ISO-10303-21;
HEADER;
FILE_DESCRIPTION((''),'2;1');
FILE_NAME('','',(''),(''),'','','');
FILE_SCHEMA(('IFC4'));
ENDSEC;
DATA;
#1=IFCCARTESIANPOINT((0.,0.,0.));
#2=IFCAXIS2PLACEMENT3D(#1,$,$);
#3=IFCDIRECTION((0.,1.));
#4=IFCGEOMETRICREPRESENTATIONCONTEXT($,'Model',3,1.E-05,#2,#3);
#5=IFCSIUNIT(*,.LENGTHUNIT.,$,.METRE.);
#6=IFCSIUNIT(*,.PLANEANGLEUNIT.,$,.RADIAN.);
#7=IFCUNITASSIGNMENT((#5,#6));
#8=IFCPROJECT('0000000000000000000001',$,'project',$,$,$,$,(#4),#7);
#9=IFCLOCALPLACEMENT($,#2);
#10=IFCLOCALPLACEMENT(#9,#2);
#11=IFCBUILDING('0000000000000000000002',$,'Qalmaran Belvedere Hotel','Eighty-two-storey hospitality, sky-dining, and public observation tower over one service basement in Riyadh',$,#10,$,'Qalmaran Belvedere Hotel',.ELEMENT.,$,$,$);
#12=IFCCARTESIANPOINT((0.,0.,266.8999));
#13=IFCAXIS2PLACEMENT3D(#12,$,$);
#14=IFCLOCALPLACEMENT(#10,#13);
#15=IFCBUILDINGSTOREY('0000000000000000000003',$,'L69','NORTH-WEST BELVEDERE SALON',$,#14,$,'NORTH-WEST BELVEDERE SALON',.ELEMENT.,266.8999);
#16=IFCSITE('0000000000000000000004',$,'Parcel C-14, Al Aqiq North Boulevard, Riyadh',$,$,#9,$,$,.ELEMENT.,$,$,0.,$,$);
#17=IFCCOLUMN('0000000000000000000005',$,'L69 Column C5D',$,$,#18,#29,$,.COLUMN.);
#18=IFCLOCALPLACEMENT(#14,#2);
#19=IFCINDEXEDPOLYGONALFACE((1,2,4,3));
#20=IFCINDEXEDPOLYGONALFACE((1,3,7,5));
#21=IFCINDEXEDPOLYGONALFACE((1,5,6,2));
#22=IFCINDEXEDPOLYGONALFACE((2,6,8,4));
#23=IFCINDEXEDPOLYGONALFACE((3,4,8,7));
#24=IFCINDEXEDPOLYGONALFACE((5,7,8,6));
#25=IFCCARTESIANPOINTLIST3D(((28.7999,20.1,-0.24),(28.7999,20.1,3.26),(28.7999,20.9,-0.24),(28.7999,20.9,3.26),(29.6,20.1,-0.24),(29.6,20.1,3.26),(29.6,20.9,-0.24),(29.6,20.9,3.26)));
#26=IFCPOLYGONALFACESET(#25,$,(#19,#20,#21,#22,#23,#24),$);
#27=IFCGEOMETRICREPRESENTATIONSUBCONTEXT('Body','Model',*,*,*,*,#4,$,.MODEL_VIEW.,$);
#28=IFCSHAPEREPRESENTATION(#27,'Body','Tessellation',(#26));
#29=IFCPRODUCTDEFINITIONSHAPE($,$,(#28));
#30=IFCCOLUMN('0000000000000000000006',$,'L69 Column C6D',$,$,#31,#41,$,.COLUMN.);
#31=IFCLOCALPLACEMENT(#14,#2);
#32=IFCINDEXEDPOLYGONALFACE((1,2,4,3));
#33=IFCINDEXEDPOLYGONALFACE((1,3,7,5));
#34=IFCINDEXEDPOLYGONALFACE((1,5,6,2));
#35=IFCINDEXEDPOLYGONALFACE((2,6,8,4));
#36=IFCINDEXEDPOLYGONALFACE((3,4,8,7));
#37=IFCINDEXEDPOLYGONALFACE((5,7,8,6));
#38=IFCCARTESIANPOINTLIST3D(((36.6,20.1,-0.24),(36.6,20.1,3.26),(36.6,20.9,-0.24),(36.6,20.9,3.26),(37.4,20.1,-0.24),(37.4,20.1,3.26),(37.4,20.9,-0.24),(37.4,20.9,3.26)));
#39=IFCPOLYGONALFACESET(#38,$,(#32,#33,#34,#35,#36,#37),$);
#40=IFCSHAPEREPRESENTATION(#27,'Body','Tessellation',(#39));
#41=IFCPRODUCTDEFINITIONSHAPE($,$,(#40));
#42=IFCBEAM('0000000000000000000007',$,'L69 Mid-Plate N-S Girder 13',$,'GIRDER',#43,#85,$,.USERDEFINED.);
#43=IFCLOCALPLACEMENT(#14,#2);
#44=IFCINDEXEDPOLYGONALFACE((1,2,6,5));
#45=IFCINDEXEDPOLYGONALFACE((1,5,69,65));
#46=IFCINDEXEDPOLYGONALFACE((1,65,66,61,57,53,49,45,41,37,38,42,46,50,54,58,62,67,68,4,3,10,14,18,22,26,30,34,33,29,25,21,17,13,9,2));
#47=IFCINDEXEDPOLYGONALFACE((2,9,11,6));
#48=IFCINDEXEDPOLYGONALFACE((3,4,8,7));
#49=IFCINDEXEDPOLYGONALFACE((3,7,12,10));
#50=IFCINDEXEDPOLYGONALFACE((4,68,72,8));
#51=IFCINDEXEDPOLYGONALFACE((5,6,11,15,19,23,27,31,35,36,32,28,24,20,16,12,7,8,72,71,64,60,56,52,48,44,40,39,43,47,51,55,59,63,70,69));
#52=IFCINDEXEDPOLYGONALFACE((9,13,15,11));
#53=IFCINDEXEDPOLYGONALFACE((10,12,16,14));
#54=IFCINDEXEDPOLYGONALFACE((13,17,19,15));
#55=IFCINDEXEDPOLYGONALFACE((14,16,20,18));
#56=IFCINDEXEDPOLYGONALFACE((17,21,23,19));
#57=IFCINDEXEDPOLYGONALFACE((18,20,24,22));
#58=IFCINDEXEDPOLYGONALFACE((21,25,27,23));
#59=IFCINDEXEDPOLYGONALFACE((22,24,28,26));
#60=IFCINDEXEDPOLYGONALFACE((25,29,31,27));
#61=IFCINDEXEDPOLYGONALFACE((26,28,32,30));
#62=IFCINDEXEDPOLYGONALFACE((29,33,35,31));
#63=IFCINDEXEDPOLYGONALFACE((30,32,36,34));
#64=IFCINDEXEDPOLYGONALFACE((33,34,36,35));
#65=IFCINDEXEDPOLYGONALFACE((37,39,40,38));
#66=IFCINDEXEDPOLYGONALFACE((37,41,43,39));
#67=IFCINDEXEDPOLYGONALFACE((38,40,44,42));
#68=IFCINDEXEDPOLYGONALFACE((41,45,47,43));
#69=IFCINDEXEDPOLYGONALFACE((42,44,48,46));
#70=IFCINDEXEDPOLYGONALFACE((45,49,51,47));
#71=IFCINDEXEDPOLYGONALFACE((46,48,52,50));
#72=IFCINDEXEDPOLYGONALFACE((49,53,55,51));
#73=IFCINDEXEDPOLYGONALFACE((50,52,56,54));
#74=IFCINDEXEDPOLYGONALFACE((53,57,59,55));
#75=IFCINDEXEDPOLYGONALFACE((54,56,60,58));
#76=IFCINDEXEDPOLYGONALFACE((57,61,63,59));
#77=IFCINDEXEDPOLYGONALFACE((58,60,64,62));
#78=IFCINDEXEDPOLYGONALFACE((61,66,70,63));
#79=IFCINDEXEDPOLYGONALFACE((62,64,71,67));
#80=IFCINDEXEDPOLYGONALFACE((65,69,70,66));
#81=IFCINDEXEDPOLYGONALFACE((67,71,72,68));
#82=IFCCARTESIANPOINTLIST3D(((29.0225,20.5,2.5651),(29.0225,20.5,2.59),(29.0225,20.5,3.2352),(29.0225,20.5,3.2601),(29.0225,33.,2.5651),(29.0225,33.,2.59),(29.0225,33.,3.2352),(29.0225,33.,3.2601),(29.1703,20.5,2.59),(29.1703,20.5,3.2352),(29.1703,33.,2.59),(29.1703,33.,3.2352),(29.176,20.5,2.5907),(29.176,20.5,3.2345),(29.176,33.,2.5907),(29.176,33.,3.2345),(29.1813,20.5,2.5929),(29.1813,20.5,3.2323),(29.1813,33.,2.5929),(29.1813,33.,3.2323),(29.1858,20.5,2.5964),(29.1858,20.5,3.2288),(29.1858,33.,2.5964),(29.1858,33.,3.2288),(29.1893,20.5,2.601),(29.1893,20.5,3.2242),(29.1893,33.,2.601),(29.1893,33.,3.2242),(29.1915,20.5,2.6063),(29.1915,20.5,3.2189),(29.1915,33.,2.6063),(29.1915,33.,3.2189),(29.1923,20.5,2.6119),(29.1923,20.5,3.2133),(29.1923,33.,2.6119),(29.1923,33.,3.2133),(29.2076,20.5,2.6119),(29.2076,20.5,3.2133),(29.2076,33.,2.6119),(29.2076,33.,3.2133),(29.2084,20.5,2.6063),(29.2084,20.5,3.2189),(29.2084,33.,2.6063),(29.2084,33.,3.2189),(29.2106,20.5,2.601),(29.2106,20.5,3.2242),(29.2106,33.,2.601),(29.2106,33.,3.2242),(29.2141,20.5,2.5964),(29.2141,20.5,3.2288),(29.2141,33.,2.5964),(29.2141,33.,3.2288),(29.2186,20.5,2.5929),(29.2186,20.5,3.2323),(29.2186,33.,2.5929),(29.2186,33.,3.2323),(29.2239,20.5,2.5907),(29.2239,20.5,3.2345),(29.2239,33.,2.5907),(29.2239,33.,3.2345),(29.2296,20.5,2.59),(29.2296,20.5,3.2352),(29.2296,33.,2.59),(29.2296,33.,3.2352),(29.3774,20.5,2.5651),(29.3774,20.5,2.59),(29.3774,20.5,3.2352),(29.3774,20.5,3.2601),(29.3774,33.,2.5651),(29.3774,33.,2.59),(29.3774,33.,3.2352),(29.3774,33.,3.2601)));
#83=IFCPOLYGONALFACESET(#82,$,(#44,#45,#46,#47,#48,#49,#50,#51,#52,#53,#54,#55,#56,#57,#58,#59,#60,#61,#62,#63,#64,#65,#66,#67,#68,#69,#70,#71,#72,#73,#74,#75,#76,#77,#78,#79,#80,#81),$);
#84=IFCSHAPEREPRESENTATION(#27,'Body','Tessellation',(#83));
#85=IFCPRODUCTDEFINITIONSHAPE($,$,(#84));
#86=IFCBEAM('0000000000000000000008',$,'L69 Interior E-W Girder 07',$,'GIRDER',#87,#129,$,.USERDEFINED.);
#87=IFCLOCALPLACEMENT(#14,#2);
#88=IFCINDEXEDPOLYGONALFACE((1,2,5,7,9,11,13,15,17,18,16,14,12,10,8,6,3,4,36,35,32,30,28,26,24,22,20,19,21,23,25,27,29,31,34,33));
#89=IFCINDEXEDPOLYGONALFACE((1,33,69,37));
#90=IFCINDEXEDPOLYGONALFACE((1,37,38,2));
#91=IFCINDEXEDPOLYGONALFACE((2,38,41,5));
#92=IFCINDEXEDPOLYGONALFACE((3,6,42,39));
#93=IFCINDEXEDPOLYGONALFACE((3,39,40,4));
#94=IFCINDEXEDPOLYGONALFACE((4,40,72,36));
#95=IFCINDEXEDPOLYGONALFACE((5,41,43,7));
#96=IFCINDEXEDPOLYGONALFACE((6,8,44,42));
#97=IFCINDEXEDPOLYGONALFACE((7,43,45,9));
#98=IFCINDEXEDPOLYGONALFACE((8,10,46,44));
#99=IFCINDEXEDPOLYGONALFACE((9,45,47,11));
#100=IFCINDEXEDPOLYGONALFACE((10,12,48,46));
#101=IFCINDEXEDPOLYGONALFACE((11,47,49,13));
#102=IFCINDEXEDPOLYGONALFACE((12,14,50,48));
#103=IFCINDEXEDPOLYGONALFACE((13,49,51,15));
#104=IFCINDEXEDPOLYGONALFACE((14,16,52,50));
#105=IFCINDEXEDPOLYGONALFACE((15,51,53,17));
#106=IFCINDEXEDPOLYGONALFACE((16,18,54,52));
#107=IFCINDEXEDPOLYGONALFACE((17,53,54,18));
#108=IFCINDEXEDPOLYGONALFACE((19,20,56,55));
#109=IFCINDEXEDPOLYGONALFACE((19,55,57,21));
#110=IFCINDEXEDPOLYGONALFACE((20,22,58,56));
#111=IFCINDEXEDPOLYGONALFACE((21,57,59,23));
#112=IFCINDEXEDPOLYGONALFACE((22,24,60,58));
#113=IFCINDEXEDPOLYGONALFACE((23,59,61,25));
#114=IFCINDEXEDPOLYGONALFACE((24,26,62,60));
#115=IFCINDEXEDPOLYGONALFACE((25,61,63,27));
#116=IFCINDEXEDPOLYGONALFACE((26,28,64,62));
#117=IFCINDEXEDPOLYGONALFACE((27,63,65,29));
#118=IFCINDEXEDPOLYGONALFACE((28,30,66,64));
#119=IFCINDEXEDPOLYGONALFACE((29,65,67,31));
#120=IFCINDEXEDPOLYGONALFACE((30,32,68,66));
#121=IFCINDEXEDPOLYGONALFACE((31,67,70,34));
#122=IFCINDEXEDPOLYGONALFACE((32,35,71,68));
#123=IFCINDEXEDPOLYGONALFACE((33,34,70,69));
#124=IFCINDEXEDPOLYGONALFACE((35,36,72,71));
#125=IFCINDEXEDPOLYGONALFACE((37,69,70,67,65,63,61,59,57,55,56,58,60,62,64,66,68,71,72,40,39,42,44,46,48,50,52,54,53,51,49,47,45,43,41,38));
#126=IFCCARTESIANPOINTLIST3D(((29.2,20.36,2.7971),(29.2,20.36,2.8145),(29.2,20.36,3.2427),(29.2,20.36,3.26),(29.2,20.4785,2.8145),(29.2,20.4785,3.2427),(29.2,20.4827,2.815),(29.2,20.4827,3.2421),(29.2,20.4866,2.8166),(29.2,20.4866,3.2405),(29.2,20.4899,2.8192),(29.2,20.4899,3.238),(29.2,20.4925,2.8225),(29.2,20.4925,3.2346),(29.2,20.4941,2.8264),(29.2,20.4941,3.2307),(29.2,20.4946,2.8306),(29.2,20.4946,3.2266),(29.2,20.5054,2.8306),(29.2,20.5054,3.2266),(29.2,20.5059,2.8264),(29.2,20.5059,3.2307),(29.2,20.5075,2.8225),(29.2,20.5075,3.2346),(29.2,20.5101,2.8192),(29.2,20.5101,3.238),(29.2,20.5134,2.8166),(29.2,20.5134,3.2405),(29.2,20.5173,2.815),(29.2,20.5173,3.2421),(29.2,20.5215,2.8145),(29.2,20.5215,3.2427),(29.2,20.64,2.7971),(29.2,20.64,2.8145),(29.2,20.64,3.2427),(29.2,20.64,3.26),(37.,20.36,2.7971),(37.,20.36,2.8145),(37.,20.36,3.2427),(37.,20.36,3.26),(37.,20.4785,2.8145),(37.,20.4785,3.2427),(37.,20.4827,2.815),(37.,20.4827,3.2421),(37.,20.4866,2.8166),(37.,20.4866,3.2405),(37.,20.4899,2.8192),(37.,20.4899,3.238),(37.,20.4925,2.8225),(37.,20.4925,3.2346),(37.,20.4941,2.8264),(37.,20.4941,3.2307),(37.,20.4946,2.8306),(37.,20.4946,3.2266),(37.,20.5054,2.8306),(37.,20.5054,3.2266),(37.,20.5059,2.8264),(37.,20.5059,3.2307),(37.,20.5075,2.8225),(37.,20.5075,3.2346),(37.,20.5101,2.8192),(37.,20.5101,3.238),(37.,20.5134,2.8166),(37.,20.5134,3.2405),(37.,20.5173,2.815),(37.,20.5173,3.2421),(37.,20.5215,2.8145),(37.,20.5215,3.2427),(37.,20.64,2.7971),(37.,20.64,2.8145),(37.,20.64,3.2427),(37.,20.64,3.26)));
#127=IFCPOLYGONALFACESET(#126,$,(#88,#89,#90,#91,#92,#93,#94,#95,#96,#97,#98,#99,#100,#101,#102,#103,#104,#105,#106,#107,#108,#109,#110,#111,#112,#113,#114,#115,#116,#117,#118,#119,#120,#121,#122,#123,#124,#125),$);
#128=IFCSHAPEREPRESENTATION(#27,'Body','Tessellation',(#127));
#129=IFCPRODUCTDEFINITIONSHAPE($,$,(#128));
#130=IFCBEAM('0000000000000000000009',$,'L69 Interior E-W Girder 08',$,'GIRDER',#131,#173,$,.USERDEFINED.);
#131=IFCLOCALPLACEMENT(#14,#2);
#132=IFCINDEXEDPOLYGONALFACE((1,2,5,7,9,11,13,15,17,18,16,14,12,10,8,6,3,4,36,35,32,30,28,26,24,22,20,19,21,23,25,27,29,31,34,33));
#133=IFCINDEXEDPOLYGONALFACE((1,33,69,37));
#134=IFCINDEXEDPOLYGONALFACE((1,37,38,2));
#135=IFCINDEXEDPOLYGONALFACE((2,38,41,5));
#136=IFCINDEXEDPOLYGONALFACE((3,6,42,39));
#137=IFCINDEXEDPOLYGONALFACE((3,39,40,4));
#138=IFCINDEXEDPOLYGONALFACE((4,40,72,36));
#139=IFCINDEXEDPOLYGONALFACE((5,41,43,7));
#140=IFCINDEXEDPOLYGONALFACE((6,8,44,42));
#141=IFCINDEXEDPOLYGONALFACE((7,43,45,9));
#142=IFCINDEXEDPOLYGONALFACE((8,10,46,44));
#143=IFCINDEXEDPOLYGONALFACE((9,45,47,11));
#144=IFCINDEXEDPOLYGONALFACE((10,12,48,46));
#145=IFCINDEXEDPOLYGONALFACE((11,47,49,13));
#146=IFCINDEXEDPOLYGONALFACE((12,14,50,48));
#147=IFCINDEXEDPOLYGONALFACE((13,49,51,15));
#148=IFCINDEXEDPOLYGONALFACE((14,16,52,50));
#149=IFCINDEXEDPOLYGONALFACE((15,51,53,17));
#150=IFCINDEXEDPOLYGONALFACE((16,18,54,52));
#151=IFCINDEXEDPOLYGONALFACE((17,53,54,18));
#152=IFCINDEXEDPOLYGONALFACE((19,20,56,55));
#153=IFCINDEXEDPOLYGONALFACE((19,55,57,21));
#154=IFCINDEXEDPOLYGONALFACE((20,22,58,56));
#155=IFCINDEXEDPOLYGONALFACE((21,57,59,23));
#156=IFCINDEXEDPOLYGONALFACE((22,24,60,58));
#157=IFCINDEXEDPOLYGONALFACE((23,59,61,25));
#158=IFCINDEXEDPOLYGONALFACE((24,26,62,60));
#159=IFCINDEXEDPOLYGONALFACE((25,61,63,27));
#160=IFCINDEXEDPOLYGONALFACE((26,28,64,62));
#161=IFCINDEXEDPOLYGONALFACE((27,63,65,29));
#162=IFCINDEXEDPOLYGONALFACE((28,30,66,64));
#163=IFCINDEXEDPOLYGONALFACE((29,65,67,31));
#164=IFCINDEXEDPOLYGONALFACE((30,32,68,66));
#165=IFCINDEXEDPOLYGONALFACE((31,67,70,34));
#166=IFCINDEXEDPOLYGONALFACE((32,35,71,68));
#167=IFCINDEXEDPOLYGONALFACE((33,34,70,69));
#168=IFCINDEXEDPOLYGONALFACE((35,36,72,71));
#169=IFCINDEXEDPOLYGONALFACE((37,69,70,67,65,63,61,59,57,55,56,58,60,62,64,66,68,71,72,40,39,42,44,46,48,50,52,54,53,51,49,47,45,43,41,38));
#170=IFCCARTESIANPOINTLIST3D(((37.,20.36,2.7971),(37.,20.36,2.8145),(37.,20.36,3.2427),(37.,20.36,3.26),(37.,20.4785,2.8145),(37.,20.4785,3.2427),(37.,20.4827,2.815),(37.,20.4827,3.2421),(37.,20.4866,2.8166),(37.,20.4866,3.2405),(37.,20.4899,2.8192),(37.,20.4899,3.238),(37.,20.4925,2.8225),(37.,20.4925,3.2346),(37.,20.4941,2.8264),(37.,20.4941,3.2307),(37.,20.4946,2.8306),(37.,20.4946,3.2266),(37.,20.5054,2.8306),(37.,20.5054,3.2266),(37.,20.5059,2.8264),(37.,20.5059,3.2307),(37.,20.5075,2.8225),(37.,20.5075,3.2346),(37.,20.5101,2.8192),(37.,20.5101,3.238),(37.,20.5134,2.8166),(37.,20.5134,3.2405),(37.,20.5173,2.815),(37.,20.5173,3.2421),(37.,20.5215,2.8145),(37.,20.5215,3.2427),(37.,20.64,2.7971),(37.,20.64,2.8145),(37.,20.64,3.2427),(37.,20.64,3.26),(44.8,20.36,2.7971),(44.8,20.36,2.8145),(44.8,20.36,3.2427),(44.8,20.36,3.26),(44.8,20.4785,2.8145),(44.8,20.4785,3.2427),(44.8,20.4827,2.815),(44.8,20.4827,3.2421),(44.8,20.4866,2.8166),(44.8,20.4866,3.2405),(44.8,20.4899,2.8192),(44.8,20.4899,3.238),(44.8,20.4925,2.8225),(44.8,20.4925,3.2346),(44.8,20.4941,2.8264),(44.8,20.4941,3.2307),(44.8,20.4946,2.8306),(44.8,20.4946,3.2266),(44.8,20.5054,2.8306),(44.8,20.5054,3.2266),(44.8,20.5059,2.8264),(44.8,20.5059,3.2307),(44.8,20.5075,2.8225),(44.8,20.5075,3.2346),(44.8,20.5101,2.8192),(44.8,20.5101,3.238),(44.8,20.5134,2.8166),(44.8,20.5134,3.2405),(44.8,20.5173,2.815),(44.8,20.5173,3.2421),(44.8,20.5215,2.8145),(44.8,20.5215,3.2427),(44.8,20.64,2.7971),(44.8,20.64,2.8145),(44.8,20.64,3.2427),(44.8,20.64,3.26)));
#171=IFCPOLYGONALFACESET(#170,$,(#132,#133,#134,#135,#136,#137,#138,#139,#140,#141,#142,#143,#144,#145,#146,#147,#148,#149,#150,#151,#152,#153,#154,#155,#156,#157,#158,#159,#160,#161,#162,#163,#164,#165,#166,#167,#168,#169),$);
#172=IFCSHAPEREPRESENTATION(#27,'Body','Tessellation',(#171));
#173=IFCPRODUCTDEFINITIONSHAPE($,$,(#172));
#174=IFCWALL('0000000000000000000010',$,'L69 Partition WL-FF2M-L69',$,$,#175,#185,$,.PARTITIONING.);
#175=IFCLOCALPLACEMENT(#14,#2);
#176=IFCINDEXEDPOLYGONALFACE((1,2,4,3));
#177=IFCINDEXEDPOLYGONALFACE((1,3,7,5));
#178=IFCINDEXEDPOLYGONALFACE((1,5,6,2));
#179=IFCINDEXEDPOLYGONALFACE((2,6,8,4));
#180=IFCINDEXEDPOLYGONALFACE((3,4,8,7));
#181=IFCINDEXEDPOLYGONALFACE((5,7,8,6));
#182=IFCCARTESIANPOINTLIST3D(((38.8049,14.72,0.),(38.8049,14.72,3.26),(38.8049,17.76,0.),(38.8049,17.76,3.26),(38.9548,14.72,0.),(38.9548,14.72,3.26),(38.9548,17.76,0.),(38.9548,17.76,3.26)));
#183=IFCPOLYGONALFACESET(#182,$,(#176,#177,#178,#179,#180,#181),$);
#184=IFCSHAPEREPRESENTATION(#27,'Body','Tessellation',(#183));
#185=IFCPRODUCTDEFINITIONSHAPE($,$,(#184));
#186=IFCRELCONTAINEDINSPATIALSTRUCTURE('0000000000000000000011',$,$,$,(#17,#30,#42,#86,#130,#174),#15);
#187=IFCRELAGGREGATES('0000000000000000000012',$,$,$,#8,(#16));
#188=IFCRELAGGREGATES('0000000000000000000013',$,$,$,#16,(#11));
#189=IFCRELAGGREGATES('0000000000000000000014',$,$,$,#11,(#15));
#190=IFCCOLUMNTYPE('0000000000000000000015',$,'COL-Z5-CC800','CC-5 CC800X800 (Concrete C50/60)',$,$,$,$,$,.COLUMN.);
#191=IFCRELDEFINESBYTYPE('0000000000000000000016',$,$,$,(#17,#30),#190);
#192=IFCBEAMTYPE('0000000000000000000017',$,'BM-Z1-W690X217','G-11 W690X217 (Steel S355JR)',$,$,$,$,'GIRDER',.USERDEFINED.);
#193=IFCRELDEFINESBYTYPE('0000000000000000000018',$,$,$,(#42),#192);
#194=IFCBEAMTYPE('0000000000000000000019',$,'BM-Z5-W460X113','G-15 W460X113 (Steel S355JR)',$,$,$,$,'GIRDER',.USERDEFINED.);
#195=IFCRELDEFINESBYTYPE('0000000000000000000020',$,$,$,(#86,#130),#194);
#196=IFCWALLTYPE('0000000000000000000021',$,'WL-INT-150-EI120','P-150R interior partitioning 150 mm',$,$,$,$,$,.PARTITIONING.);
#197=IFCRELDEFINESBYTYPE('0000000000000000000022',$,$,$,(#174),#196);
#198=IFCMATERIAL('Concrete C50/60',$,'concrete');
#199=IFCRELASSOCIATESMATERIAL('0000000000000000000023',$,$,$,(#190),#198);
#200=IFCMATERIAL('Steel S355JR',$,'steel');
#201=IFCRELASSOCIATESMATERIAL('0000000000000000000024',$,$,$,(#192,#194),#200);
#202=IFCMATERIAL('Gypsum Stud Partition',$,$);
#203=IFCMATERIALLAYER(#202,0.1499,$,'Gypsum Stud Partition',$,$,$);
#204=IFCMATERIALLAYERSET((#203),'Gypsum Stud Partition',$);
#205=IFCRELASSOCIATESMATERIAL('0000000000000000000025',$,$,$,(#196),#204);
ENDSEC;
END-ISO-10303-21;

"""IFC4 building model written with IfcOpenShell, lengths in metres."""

from ifc_helpers import new_model, si_unit, direction, frame, frame_2d, origin, origin_2d, place, context, subcontext, project, spatial, rectangle, i_section, extrude, material, layer, layer_set, material_profile, profile_set, type_object, element, save


model = new_model("IFC4")

# Units and contexts
model_context = context("Model", 3, precision=1e-05, world=origin(), true_north=direction((0.0, 1.0)))
body_context = subcontext(model_context, "Body", "Model", "MODEL_VIEW")
ifc_project = project(units=[si_unit("LENGTHUNIT", "METRE"), si_unit("PLANEANGLEUNIT", "RADIAN")], contexts=[model_context])

# Site, building, storey
site_placement = place(None, origin())
site = spatial("IfcSite", under=ifc_project, at=site_placement, Name="Parcel C-14, Al Aqiq North Boulevard, Riyadh", CompositionType="ELEMENT", RefElevation=0.0)
building_placement = place(site_placement, origin())
building = spatial("IfcBuilding", under=site, at=building_placement, Name="Qalmaran Belvedere Hotel", Description="Eighty-two-storey hospitality, sky-dining, and public observation tower over one service basement in Riyadh", LongName="Qalmaran Belvedere Hotel", CompositionType="ELEMENT")
storey_placement = place(building_placement, frame((0.0, 0.0, 266.8999)))
storey = spatial("IfcBuildingStorey", under=building, at=storey_placement, Name="L69", Description="NORTH-WEST BELVEDERE SALON", LongName="NORTH-WEST BELVEDERE SALON", CompositionType="ELEMENT", Elevation=266.8999)

# Columns
ifc_material_1 = material(Name="Concrete C50/60", Category="concrete")
ifc_material_profile_1 = material_profile(ifc_material_1, rectangle(XDim=0.8, YDim=0.8, at=origin_2d()), Name="CC800X800")
ifc_profile_set_1 = profile_set([ifc_material_profile_1], Name="Concrete C50/60")
column_type = type_object("IfcColumnType", Name="COL-Z5-CC800", Description="CC-5 CC800X800 (Concrete C50/60)", PredefinedType="COLUMN", material=ifc_profile_set_1)
for number, where, z_axis, x_axis, name in (
    (1, (29.2, 20.5, -0.24), (0.0, 0.0, 1.0), (1.0, 0.0, 0.0), "L69 Column C5D"),
    (2, (37.0, 20.5, -0.24), (0.0, 0.0, 1.0), (1.0, 0.0, 0.0), "L69 Column C6D"),
):
    element("IfcColumn", number, at=place(storey_placement, frame(where, z_axis=z_axis, x_axis=x_axis)), inside=storey, type_object=column_type, Name=name, PredefinedType="COLUMN", context=body_context, shape_type="SweptSolid", body=[
        extrude(rectangle(XDim=0.8, YDim=0.8, at=origin_2d()), origin(), (0.0, 0.0, 1.0), 3.5),
    ])

# Beams
ifc_material_2 = material(Name="Steel S355JR", Category="steel")
ifc_material_profile_2 = material_profile(ifc_material_2, i_section(OverallWidth=0.355, OverallDepth=0.6951, WebThickness=0.0154, FlangeThickness=0.0249, FilletRadius=0.022, at=origin_2d()), Name="W690X217")
ifc_profile_set_2 = profile_set([ifc_material_profile_2], Name="Steel S355JR")
beam_type_1 = type_object("IfcBeamType", Name="BM-Z1-W690X217", Description="G-11 W690X217 (Steel S355JR)", ElementType="GIRDER", PredefinedType="USERDEFINED", material=ifc_profile_set_2)
beam_placement = place(storey_placement, frame((29.2, 20.5, 2.9126), z_axis=(0.0, 1.0, 0.0), x_axis=(-1.0, 0.0, 0.0)))
element("IfcBeam", 3, at=beam_placement, inside=storey, type_object=beam_type_1, Name="L69 Mid-Plate N-S Girder 13", ObjectType="GIRDER", PredefinedType="USERDEFINED", context=body_context, shape_type="SweptSolid", body=[
    extrude(i_section(OverallWidth=0.355, OverallDepth=0.6951, WebThickness=0.0154, FlangeThickness=0.0249, FilletRadius=0.022, at=origin_2d()), origin(), (0.0, 0.0, 1.0), 12.5),
])
ifc_material_profile_3 = material_profile(ifc_material_2, i_section(OverallWidth=0.28, OverallDepth=0.4629, WebThickness=0.0107, FlangeThickness=0.0173, FilletRadius=0.0161, at=origin_2d()), Name="W460X113")
ifc_profile_set_3 = profile_set([ifc_material_profile_3], Name="Steel S355JR")
beam_type_2 = type_object("IfcBeamType", Name="BM-Z5-W460X113", Description="G-15 W460X113 (Steel S355JR)", ElementType="GIRDER", PredefinedType="USERDEFINED", material=ifc_profile_set_3)
for number, where, z_axis, x_axis, name in (
    (4, (29.2, 20.5, 3.0286), (1.0, 0.0, 0.0), (0.0, 1.0, 0.0), "L69 Interior E-W Girder 07"),
    (5, (37.0, 20.5, 3.0286), (1.0, 0.0, 0.0), (0.0, 1.0, 0.0), "L69 Interior E-W Girder 08"),
):
    element("IfcBeam", number, at=place(storey_placement, frame(where, z_axis=z_axis, x_axis=x_axis)), inside=storey, type_object=beam_type_2, Name=name, ObjectType="GIRDER", PredefinedType="USERDEFINED", context=body_context, shape_type="SweptSolid", body=[
        extrude(i_section(OverallWidth=0.28, OverallDepth=0.4629, WebThickness=0.0107, FlangeThickness=0.0173, FilletRadius=0.0161, at=origin_2d()), origin(), (0.0, 0.0, 1.0), 7.8),
    ])

# Wall
ifc_material_3 = material(Name="Gypsum Stud Partition")
ifc_layer_1 = layer(ifc_material_3, 0.1499, Name="Gypsum Stud Partition")
ifc_layer_set_1 = layer_set([ifc_layer_1], Name="Gypsum Stud Partition")
wall_type_1 = type_object("IfcWallType", Name="WL-INT-150-EI120", Description="P-150R interior partitioning 150 mm", PredefinedType="PARTITIONING", material=ifc_layer_set_1)
wall_1_placement = place(storey_placement, frame((38.8799, 14.72, 0.0), z_axis=(0.0, 0.0, 1.0), x_axis=(0.0, 1.0, 0.0)))
element("IfcWall", 6, at=wall_1_placement, inside=storey, type_object=wall_type_1, Name="L69 Partition WL-FF2M-L69", PredefinedType="PARTITIONING", context=body_context, shape_type="SweptSolid", body=[
    extrude(rectangle(XDim=3.04, YDim=0.1499, at=frame_2d((1.52, 0.0))), origin(), (0.0, 0.0, 1.0), 3.26),
])

save(model, "model.ifc")
